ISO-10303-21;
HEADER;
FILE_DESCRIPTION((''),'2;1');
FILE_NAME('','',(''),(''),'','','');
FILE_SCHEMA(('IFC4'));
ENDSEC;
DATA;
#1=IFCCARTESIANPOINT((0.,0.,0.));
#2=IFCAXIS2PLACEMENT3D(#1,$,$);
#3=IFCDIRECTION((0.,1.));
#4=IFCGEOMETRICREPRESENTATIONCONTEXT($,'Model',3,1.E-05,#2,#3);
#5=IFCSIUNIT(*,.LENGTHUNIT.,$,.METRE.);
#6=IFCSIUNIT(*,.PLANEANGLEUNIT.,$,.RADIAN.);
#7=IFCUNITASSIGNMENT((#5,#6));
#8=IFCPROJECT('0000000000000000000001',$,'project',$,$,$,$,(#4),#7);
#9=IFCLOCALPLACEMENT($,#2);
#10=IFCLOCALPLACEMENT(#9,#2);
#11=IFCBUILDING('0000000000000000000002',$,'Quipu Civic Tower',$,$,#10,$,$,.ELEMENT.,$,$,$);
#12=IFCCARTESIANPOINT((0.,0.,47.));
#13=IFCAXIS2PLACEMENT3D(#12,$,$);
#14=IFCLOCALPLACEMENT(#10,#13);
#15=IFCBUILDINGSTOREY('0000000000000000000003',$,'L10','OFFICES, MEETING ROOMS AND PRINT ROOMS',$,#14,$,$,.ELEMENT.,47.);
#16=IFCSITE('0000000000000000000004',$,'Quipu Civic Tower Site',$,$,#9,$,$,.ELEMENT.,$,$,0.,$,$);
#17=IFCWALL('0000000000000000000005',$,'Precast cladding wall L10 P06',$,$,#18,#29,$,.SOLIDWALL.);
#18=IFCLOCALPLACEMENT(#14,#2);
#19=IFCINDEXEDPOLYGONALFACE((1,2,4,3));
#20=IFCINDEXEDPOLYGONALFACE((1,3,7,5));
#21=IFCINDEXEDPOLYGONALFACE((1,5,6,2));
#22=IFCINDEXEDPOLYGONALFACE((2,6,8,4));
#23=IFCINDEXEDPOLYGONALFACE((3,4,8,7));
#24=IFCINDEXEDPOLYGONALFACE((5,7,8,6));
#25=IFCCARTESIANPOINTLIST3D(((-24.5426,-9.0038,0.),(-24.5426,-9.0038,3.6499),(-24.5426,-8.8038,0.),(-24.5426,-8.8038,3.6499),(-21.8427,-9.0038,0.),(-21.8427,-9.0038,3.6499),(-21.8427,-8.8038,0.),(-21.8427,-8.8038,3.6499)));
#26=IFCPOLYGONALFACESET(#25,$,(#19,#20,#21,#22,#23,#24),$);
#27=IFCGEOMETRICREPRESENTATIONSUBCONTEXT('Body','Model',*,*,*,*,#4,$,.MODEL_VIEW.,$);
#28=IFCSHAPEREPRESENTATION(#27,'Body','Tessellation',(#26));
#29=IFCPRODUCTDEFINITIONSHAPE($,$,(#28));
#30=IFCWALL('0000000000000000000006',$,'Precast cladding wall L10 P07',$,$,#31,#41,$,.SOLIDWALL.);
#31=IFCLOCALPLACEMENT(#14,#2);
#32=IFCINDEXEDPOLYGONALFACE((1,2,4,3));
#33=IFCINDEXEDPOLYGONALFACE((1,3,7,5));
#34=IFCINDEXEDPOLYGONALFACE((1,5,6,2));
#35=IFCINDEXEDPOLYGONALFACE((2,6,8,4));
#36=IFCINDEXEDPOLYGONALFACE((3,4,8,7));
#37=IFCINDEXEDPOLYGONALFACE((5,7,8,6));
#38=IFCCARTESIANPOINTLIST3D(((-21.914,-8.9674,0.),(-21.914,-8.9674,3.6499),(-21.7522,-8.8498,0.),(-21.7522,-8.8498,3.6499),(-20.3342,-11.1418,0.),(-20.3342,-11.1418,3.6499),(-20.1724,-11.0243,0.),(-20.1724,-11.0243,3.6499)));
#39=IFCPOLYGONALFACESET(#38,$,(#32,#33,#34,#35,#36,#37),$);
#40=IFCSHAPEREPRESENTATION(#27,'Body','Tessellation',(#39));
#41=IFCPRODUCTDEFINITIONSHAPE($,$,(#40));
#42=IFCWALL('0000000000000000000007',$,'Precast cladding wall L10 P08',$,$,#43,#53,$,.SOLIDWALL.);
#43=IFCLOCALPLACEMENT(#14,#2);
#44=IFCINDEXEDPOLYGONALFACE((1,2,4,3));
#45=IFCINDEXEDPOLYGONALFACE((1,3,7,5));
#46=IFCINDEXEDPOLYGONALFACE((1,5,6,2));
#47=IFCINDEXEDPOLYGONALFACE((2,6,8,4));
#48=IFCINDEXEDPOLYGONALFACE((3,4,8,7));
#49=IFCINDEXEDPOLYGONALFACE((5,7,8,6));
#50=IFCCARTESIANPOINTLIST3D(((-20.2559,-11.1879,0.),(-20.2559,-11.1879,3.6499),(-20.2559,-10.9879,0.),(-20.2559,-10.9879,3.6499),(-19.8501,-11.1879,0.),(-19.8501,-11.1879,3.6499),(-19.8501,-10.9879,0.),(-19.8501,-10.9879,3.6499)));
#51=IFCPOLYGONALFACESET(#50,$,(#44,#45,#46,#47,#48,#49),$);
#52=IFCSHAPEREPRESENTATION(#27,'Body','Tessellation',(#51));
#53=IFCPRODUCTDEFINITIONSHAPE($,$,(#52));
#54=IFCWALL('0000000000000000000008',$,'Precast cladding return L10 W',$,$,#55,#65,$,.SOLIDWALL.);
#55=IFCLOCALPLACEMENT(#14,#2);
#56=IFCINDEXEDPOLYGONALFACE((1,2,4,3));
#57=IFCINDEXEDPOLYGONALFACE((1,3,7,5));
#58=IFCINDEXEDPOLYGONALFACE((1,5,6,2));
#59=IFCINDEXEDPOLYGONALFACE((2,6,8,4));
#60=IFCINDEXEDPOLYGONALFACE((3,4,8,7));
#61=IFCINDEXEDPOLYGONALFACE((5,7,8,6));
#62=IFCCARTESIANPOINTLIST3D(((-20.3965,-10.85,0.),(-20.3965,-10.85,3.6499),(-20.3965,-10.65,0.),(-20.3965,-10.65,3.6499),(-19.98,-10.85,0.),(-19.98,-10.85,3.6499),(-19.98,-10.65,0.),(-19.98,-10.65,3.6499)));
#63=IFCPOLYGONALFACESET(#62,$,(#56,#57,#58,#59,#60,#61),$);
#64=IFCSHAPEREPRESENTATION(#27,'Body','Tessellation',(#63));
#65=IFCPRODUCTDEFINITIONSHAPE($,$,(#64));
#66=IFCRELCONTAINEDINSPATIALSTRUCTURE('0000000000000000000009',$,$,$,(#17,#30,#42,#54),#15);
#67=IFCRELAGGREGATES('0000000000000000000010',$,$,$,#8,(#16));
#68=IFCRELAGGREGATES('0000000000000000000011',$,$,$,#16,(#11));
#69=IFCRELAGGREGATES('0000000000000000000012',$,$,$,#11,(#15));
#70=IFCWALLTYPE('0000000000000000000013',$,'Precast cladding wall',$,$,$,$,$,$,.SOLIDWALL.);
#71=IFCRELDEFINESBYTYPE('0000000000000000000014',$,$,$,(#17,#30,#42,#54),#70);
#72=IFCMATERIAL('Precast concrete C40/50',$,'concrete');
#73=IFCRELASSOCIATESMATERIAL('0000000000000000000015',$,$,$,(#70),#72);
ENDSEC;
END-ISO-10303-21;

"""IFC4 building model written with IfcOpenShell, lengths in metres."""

from ifc_helpers import new_model, si_unit, direction, frame, frame_2d, origin, place, context, subcontext, project, spatial, rectangle, extrude, material, type_object, element, save


model = new_model("IFC4")

# Units and contexts
model_context = context("Model", 3, precision=1e-05, world=origin(), true_north=direction((0.0, 1.0)))
body_context = subcontext(model_context, "Body", "Model", "MODEL_VIEW")
ifc_project = project(units=[si_unit("LENGTHUNIT", "METRE"), si_unit("PLANEANGLEUNIT", "RADIAN")], contexts=[model_context])

# Site, building, storey
site_placement = place(None, origin())
site = spatial("IfcSite", under=ifc_project, at=site_placement, Name="Quipu Civic Tower Site", CompositionType="ELEMENT", RefElevation=0.0)
building_placement = place(site_placement, origin())
building = spatial("IfcBuilding", under=site, at=building_placement, Name="Quipu Civic Tower", CompositionType="ELEMENT")
storey_placement = place(building_placement, frame((0.0, 0.0, 47.0)))
storey = spatial("IfcBuildingStorey", under=building, at=storey_placement, Name="L10", Description="OFFICES, MEETING ROOMS AND PRINT ROOMS", CompositionType="ELEMENT", Elevation=47.0)

# Walls
ifc_material_1 = material(Name="Precast concrete C40/50", Category="concrete")
wall_type_1 = type_object("IfcWallType", Name="Precast cladding wall", PredefinedType="SOLIDWALL", material=ifc_material_1)
wall_1_placement = place(storey_placement, frame((-24.5427, -8.9038, 0.0), z_axis=(0.0, 0.0, 1.0), x_axis=(1.0, 0.0, 0.0)))
element("IfcWall", 1, at=wall_1_placement, inside=storey, type_object=wall_type_1, Name="Precast cladding wall L10 P06", PredefinedType="SOLIDWALL", context=body_context, shape_type="SweptSolid", body=[
    extrude(rectangle(XDim=2.7, YDim=0.2, at=frame_2d((1.3501, 0.0))), origin(), (0.0, 0.0, 1.0), 3.6499),
])
wall_2_placement = place(storey_placement, frame((-21.833, -8.9087, 0.0), z_axis=(0.0, 0.0, 1.0), x_axis=(0.587767, -0.809031, 0.0)))
element("IfcWall", 2, at=wall_2_placement, inside=storey, type_object=wall_type_1, Name="Precast cladding wall L10 P07", PredefinedType="SOLIDWALL", context=body_context, shape_type="SweptSolid", body=[
    extrude(rectangle(XDim=2.6877, YDim=0.2, at=frame_2d((1.3438, 0.0))), origin(), (0.0, 0.0, 1.0), 3.6499),
])
wall_3_placement = place(storey_placement, frame((-20.2559, -11.0879, 0.0), z_axis=(0.0, 0.0, 1.0), x_axis=(1.0, 0.0, 0.0)))
element("IfcWall", 3, at=wall_3_placement, inside=storey, type_object=wall_type_1, Name="Precast cladding wall L10 P08", PredefinedType="SOLIDWALL", context=body_context, shape_type="SweptSolid", body=[
    extrude(rectangle(XDim=0.4058, YDim=0.2, at=frame_2d((0.2029, 0.0))), origin(), (0.0, 0.0, 1.0), 3.6499),
])
wall_4_placement = place(storey_placement, frame((-19.98, -10.75, 0.0), z_axis=(0.0, 0.0, 1.0), x_axis=(-1.0, 0.0, 0.0)))
element("IfcWall", 4, at=wall_4_placement, inside=storey, type_object=wall_type_1, Name="Precast cladding return L10 W", PredefinedType="SOLIDWALL", context=body_context, shape_type="SweptSolid", body=[
    extrude(rectangle(XDim=0.4165, YDim=0.2, at=frame_2d((0.2083, 0.0))), origin(), (0.0, 0.0, 1.0), 3.6499),
])

save(model, "model.ifc")
